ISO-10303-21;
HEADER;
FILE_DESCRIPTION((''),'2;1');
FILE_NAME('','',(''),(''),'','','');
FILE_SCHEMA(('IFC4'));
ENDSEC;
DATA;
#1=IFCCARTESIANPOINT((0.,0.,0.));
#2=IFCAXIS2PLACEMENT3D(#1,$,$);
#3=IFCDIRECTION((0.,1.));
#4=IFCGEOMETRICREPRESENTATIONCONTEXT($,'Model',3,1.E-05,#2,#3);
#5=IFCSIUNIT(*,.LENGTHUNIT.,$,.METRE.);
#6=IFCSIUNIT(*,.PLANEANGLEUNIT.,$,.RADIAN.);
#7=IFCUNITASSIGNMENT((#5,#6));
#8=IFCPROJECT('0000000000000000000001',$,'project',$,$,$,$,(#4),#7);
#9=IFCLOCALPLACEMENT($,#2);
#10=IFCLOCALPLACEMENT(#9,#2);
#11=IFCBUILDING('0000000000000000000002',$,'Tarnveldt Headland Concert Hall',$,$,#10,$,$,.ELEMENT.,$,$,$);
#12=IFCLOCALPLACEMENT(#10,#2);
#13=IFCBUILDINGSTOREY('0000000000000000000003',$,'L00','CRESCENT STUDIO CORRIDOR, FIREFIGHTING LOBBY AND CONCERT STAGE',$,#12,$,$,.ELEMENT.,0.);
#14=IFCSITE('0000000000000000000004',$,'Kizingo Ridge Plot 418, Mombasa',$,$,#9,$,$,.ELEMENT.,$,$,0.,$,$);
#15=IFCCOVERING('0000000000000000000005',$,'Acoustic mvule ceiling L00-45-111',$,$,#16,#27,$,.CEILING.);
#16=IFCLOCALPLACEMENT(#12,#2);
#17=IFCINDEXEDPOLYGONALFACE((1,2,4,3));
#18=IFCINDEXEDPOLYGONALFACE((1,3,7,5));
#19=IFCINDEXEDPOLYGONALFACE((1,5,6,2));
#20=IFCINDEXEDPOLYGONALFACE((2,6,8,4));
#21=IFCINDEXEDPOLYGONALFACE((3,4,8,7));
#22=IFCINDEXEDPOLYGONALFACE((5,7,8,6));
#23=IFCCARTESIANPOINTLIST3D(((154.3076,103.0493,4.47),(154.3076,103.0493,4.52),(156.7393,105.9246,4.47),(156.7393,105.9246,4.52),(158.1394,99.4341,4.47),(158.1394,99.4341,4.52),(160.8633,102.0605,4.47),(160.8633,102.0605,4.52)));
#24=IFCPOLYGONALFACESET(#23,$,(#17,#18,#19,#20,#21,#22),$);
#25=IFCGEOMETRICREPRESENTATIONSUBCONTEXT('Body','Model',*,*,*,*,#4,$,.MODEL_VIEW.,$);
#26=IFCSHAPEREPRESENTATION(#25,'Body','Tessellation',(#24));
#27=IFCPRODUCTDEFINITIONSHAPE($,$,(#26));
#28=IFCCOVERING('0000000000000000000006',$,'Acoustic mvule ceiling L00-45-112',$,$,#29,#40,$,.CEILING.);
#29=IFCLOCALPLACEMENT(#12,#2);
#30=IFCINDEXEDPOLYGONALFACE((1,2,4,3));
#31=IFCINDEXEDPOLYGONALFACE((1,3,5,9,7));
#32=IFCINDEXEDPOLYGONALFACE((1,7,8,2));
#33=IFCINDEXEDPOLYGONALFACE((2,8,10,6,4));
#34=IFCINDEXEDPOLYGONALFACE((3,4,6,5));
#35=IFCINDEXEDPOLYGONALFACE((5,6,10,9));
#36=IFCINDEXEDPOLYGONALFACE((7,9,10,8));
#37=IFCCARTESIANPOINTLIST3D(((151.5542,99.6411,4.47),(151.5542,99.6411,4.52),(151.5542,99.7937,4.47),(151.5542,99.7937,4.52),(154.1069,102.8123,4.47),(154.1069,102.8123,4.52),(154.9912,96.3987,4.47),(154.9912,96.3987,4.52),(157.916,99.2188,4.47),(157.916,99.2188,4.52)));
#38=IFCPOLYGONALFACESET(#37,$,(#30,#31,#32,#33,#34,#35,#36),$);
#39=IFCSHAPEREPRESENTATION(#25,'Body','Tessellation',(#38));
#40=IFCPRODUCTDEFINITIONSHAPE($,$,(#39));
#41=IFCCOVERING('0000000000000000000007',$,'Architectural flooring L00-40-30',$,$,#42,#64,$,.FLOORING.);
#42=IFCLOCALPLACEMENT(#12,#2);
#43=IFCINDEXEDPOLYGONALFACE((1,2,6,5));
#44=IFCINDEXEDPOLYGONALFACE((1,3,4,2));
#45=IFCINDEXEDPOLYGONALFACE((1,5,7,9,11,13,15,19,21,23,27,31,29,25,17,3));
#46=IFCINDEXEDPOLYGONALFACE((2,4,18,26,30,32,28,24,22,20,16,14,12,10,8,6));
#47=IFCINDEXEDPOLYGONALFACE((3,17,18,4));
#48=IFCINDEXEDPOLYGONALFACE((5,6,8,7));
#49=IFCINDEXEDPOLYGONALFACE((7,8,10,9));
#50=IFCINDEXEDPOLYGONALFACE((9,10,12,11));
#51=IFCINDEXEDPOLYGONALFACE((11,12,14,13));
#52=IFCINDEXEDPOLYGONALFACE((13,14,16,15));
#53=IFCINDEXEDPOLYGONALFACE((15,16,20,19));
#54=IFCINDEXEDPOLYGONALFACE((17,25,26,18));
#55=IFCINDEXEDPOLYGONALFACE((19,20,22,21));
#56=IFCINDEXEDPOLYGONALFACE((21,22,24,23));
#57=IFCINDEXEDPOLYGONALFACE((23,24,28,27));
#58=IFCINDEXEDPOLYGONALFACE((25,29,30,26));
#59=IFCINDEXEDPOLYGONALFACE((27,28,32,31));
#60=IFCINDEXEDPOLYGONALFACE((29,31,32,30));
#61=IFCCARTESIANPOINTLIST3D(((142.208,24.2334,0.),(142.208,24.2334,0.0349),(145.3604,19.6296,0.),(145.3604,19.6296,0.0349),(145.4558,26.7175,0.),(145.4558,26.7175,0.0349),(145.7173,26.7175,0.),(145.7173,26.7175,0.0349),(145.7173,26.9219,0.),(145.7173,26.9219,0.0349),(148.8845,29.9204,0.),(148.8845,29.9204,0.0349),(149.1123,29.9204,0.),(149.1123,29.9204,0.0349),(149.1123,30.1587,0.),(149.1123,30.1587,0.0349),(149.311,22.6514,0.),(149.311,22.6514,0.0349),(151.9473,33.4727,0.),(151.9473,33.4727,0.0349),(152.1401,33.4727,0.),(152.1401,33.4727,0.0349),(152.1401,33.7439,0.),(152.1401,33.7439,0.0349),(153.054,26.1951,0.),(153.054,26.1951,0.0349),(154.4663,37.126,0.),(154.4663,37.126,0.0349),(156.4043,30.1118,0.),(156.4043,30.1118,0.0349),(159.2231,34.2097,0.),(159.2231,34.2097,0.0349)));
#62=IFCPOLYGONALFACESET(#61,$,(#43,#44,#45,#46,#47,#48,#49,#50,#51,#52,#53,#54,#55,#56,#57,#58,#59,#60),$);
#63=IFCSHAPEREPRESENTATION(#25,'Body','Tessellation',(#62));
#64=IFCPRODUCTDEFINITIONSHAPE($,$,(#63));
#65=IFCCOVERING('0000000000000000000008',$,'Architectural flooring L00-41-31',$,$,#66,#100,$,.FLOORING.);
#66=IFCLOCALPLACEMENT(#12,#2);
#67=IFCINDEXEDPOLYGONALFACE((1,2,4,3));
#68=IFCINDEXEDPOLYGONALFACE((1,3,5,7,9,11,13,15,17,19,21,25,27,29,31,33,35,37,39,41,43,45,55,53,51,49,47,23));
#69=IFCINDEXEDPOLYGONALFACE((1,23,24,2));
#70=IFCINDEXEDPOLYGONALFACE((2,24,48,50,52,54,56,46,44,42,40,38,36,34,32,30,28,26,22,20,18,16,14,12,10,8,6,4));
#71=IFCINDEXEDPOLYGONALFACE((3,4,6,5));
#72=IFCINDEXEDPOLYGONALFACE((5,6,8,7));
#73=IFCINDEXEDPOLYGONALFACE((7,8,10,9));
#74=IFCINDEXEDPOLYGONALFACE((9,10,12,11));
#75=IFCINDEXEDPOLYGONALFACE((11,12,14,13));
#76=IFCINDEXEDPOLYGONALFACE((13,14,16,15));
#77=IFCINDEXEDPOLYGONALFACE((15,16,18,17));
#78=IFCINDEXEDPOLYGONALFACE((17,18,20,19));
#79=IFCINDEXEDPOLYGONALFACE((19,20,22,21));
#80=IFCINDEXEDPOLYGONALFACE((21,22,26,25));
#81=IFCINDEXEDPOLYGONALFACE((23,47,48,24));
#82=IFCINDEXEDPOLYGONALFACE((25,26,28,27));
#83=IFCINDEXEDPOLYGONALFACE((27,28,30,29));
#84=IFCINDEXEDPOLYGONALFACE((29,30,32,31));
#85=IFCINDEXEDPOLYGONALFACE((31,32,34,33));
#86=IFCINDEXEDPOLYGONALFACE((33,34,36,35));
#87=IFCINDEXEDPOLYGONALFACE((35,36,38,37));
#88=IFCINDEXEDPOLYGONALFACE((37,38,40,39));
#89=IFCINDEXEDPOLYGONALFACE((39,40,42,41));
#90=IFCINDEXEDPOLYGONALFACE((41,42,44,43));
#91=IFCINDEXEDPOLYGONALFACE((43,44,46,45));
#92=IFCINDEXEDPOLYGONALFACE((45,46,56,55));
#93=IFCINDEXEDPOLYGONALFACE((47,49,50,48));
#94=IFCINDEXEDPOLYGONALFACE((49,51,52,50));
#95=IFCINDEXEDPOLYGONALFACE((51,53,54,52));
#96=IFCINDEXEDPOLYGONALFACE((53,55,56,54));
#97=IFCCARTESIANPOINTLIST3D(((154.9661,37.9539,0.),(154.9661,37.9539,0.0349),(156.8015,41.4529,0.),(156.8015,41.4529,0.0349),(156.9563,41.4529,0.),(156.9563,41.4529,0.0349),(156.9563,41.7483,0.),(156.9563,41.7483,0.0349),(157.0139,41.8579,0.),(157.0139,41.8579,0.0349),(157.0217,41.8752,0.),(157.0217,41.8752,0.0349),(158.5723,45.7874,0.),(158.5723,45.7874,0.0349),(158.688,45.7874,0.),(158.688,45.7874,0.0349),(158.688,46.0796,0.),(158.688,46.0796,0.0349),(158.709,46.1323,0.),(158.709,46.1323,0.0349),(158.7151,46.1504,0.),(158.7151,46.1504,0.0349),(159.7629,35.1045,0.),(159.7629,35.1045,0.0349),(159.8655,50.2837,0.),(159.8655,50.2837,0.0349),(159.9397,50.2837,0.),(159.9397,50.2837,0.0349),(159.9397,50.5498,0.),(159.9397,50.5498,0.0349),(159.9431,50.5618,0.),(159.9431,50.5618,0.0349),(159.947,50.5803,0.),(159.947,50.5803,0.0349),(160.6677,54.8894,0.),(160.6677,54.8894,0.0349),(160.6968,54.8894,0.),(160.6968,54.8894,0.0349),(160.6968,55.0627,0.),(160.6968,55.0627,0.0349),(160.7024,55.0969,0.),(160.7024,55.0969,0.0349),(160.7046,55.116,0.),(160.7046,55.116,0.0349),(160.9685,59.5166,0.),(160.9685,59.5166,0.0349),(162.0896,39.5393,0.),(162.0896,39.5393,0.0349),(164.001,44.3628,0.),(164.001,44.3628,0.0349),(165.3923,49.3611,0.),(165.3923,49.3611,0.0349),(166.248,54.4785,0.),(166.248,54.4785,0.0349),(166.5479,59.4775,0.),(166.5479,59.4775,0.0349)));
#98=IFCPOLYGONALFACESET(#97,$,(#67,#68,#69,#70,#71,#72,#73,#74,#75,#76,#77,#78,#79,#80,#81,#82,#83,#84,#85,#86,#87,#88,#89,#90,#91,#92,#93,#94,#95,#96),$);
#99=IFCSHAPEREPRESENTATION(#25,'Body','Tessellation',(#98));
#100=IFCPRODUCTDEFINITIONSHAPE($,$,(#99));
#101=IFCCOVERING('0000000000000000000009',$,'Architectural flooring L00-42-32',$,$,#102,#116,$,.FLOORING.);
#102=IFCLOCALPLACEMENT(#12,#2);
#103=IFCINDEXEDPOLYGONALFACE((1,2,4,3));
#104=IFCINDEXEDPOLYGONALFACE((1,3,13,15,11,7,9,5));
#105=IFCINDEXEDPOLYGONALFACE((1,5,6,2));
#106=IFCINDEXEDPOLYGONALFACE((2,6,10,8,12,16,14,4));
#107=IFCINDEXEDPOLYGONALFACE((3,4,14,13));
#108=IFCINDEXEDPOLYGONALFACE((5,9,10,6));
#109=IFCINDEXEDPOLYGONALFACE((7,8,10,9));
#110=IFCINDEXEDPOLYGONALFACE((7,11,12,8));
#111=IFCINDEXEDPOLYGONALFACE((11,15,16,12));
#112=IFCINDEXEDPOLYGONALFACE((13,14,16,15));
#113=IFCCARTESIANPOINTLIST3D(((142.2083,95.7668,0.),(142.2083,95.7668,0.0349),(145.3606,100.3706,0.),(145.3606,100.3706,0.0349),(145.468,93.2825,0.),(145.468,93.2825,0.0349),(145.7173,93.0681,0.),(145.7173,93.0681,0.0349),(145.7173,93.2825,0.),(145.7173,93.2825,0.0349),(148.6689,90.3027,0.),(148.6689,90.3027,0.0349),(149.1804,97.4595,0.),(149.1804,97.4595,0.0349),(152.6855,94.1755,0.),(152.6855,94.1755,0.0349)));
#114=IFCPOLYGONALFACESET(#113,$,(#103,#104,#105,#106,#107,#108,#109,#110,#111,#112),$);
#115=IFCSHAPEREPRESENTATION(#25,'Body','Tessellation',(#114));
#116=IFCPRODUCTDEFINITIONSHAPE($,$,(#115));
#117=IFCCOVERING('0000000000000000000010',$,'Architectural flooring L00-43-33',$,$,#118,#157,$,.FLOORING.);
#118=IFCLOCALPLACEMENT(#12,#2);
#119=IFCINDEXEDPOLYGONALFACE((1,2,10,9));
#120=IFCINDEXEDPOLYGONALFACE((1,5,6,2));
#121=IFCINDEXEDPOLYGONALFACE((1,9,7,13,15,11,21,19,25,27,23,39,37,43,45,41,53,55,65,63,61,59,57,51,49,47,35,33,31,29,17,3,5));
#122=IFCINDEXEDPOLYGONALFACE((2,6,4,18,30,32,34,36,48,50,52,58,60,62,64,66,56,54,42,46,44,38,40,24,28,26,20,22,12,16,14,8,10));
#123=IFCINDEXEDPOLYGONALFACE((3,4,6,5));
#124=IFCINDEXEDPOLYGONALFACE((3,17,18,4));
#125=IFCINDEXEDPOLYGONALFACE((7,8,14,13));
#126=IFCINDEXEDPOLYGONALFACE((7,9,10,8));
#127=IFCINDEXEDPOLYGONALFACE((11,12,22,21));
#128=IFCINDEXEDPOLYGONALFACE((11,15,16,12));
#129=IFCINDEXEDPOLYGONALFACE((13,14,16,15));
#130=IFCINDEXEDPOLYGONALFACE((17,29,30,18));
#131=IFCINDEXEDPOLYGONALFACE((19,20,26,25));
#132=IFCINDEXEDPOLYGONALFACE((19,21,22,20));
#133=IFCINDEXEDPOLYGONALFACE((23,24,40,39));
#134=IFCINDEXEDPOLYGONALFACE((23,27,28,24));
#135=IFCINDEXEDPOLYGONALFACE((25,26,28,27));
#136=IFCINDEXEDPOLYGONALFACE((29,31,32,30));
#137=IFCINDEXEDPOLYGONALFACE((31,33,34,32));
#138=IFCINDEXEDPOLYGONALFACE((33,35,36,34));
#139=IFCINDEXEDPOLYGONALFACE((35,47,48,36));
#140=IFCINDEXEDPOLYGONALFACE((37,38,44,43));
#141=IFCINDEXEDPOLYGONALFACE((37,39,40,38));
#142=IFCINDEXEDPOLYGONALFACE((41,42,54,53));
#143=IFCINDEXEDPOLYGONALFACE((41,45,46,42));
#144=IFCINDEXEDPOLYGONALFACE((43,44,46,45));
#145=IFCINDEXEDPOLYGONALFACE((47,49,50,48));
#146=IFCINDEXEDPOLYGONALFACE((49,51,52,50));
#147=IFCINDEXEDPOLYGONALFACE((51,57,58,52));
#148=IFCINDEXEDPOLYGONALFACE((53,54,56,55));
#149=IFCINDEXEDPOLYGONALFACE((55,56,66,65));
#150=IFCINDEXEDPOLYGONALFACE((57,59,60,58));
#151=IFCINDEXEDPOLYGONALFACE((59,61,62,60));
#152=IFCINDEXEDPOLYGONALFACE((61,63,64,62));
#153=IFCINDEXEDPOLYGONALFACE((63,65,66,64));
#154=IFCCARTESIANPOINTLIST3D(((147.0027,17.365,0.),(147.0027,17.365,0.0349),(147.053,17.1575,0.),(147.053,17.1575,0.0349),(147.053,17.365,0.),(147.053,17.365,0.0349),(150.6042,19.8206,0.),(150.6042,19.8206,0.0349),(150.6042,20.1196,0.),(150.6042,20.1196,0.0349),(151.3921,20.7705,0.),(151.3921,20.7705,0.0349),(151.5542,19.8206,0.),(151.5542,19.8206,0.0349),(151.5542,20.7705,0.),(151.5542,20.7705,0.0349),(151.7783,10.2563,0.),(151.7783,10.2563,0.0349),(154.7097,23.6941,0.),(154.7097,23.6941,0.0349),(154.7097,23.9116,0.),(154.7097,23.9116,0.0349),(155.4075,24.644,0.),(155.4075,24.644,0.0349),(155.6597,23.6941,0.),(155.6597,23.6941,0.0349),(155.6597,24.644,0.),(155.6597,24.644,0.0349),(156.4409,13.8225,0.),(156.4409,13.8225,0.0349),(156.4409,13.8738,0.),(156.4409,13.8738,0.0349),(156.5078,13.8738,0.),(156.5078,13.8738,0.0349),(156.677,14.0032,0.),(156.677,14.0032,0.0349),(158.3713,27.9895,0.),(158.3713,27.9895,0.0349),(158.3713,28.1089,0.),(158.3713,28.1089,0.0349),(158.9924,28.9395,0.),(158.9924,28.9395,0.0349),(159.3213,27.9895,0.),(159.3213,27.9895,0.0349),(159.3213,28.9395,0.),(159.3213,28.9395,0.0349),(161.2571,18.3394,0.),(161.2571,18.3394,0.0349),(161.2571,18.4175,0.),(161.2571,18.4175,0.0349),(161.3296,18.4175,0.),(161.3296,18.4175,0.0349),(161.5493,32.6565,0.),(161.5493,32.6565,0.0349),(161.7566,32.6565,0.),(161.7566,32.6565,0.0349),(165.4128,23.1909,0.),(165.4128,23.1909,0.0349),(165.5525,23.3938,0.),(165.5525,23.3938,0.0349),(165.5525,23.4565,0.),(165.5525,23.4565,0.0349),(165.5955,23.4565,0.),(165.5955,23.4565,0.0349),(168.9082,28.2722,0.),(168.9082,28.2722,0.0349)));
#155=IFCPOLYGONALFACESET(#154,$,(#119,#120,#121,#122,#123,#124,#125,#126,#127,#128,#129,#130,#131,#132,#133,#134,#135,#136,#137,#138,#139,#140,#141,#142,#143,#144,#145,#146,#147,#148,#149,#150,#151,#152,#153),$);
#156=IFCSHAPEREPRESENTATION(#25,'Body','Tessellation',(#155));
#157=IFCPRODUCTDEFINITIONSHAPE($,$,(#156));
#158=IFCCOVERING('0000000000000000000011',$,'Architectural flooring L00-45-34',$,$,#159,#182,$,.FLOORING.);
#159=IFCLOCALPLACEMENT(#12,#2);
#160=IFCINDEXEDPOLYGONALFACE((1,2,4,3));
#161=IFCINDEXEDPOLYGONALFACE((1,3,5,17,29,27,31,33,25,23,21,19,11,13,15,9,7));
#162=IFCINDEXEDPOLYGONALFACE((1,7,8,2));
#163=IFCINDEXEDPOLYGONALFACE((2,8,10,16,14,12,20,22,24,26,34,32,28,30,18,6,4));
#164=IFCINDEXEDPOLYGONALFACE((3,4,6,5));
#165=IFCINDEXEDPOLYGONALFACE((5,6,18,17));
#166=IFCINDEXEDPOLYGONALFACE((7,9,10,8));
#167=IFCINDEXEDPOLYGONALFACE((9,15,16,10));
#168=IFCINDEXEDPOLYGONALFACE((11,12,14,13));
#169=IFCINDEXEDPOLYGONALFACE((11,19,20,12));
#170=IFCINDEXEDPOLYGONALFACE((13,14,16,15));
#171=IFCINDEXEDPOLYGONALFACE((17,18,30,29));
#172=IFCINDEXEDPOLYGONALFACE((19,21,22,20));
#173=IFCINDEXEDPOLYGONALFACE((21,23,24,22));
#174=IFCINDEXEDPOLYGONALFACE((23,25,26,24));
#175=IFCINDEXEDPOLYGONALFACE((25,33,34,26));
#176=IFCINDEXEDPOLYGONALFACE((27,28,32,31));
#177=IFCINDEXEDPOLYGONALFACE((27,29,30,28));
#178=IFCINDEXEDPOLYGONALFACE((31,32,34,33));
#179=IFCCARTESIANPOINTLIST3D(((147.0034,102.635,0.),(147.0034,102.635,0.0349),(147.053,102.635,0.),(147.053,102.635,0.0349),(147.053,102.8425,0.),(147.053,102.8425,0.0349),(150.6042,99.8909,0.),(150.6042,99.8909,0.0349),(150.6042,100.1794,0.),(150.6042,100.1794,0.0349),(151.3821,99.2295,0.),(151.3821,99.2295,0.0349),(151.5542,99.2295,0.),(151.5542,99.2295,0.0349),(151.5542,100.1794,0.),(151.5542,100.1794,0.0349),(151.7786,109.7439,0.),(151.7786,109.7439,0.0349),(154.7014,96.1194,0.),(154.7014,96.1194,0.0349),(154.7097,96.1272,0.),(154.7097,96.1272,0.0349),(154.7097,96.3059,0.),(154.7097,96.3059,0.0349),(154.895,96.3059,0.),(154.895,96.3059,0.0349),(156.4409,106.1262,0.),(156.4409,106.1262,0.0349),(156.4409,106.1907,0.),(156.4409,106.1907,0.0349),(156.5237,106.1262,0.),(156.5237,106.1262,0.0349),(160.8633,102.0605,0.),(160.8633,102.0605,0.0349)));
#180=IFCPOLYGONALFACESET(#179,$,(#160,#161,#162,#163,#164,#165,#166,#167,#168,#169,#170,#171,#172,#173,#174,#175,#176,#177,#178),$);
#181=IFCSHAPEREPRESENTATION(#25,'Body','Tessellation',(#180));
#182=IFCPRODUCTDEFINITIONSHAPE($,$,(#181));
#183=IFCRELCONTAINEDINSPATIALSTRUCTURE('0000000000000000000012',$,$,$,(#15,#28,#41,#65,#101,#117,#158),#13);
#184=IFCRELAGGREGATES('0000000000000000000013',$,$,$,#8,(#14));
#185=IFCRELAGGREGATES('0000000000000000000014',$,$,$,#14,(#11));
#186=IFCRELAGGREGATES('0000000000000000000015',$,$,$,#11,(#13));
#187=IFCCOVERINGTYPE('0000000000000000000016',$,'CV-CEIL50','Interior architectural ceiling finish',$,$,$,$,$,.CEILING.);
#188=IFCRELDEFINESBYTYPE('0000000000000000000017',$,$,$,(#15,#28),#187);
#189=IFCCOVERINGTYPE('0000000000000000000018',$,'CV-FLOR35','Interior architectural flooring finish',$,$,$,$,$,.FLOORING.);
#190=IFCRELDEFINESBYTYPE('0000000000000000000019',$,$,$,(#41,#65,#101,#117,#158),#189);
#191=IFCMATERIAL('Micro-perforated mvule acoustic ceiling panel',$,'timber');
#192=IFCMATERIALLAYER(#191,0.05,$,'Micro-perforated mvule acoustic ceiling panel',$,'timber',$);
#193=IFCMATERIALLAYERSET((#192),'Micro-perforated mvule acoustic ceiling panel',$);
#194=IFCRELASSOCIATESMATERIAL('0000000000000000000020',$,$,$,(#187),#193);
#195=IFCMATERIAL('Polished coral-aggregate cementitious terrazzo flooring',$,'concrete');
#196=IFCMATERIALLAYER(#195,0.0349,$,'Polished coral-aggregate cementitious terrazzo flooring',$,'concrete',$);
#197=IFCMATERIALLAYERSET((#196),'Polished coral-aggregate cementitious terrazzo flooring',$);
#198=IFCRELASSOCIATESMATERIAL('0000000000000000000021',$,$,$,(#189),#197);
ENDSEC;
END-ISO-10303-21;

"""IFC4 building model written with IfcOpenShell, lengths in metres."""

from ifc_helpers import new_model, si_unit, direction, frame, origin, place, context, subcontext, project, spatial, polyline, outline, extrude, material, layer, layer_set, type_object, element, save


model = new_model("IFC4")

# Units and contexts
model_context = context("Model", 3, precision=1e-05, world=origin(), true_north=direction((0.0, 1.0)))
body_context = subcontext(model_context, "Body", "Model", "MODEL_VIEW")
ifc_project = project(units=[si_unit("LENGTHUNIT", "METRE"), si_unit("PLANEANGLEUNIT", "RADIAN")], contexts=[model_context])

# Site, building, storey
site_placement = place(None, origin())
site = spatial("IfcSite", under=ifc_project, at=site_placement, Name="Kizingo Ridge Plot 418, Mombasa", CompositionType="ELEMENT", RefElevation=0.0)
building_placement = place(site_placement, origin())
building = spatial("IfcBuilding", under=site, at=building_placement, Name="Tarnveldt Headland Concert Hall", CompositionType="ELEMENT")
storey_placement = place(building_placement, origin())
storey = spatial("IfcBuildingStorey", under=building, at=storey_placement, Name="L00", Description="CRESCENT STUDIO CORRIDOR, FIREFIGHTING LOBBY AND CONCERT STAGE", CompositionType="ELEMENT", Elevation=0.0)

# Coverings
ifc_material_1 = material(Name="Micro-perforated mvule acoustic ceiling panel", Category="timber")
ifc_layer_1 = layer(ifc_material_1, 0.05, Name="Micro-perforated mvule acoustic ceiling panel", Category="timber")
ifc_layer_set_1 = layer_set([ifc_layer_1], Name="Micro-perforated mvule acoustic ceiling panel")
covering_type_1 = type_object("IfcCoveringType", Name="CV-CEIL50", Description="Interior architectural ceiling finish", PredefinedType="CEILING", material=ifc_layer_set_1)
covering_1_placement = place(storey_placement, frame((0.0, 0.0, 4.47)))
element("IfcCovering", 1, at=covering_1_placement, inside=storey, type_object=covering_type_1, Name="Acoustic mvule ceiling L00-45-111", PredefinedType="CEILING", context=body_context, shape_type="SweptSolid", body=[
    extrude(outline(polyline([(156.7393, 105.9246), (160.8633, 102.0605), (158.1394, 99.4341), (154.3076, 103.0493), (156.7393, 105.9246)])), origin(), (0.0, 0.0, 1.0), 0.05),
])
covering_2_placement = place(storey_placement, frame((0.0, 0.0, 4.47)))
element("IfcCovering", 2, at=covering_2_placement, inside=storey, type_object=covering_type_1, Name="Acoustic mvule ceiling L00-45-112", PredefinedType="CEILING", context=body_context, shape_type="SweptSolid", body=[
    extrude(outline(polyline([(151.5542, 99.7937), (154.1069, 102.8123), (157.916, 99.2188), (154.9912, 96.3987), (151.5542, 99.6411), (151.5542, 99.7937)])), origin(), (0.0, 0.0, 1.0), 0.05),
])
ifc_material_2 = material(Name="Polished coral-aggregate cementitious terrazzo flooring", Category="concrete")
ifc_layer_2 = layer(ifc_material_2, 0.0349, Name="Polished coral-aggregate cementitious terrazzo flooring", Category="concrete")
ifc_layer_set_2 = layer_set([ifc_layer_2], Name="Polished coral-aggregate cementitious terrazzo flooring")
covering_type_2 = type_object("IfcCoveringType", Name="CV-FLOR35", Description="Interior architectural flooring finish", PredefinedType="FLOORING", material=ifc_layer_set_2)
covering_3_placement = place(storey_placement, origin())
element("IfcCovering", 3, at=covering_3_placement, inside=storey, type_object=covering_type_2, Name="Architectural flooring L00-40-30", PredefinedType="FLOORING", context=body_context, shape_type="SweptSolid", body=[
    extrude(outline(polyline([(145.7173, 26.9219), (148.8845, 29.9204), (149.1123, 29.9204), (149.1123, 30.1587), (151.9473, 33.4727), (152.1401, 33.4727), (152.1401, 33.7439), (154.4663, 37.126), (159.2231, 34.2097), (156.4043, 30.1118), (153.054, 26.1951), (149.311, 22.6514), (145.3604, 19.6296), (142.208, 24.2334), (145.4558, 26.7175), (145.7173, 26.7175), (145.7173, 26.9219)])), origin(), (0.0, 0.0, 1.0), 0.0349),
])
covering_4_placement = place(storey_placement, origin())
element("IfcCovering", 4, at=covering_4_placement, inside=storey, type_object=covering_type_2, Name="Architectural flooring L00-41-31", PredefinedType="FLOORING", context=body_context, shape_type="SweptSolid", body=[
    extrude(outline(polyline([(157.0139, 41.8579), (157.0217, 41.8752), (158.5723, 45.7874), (158.688, 45.7874), (158.688, 46.0796), (158.709, 46.1323), (158.7151, 46.1504), (159.8655, 50.2837), (159.9397, 50.2837), (159.9397, 50.5498), (159.9431, 50.5618), (159.947, 50.5803), (160.6677, 54.8894), (160.6968, 54.8894), (160.6968, 55.0627), (160.7024, 55.0969), (160.7046, 55.116), (160.9685, 59.5166), (166.5479, 59.4775), (166.248, 54.4785), (165.3923, 49.3611), (164.001, 44.3628), (162.0896, 39.5393), (159.7629, 35.1045), (154.9661, 37.9539), (156.8015, 41.4529), (156.9563, 41.4529), (156.9563, 41.7483), (157.0139, 41.8579)])), origin(), (0.0, 0.0, 1.0), 0.0349),
])
covering_5_placement = place(storey_placement, origin())
element("IfcCovering", 5, at=covering_5_placement, inside=storey, type_object=covering_type_2, Name="Architectural flooring L00-42-32", PredefinedType="FLOORING", context=body_context, shape_type="SweptSolid", body=[
    extrude(outline(polyline([(145.7173, 93.0681), (145.7173, 93.2825), (145.468, 93.2825), (142.2083, 95.7668), (145.3606, 100.3706), (149.1804, 97.4595), (152.6855, 94.1755), (148.6689, 90.3027), (145.7173, 93.0681)])), origin(), (0.0, 0.0, 1.0), 0.0349),
])
covering_6_placement = place(storey_placement, origin())
element("IfcCovering", 6, at=covering_6_placement, inside=storey, type_object=covering_type_2, Name="Architectural flooring L00-43-33", PredefinedType="FLOORING", context=body_context, shape_type="SweptSolid", body=[
    extrude(outline(polyline([(154.7097, 23.9116), (154.7097, 23.6941), (155.6597, 23.6941), (155.6597, 24.644), (155.4075, 24.644), (158.3713, 28.1089), (158.3713, 27.9895), (159.3213, 27.9895), (159.3213, 28.9395), (158.9924, 28.9395), (161.5493, 32.6565), (161.7566, 32.6565), (168.9082, 28.2722), (165.5955, 23.4565), (165.5525, 23.4565), (165.5525, 23.3938), (165.4128, 23.1909), (161.3296, 18.4175), (161.2571, 18.4175), (161.2571, 18.3394), (156.677, 14.0032), (156.5078, 13.8738), (156.4409, 13.8738), (156.4409, 13.8225), (151.7783, 10.2563), (147.053, 17.1575), (147.053, 17.365), (147.0027, 17.365), (150.6042, 20.1196), (150.6042, 19.8206), (151.5542, 19.8206), (151.5542, 20.7705), (151.3921, 20.7705), (154.7097, 23.9116)])), origin(), (0.0, 0.0, 1.0), 0.0349),
])
covering_7_placement = place(storey_placement, origin())
element("IfcCovering", 7, at=covering_7_placement, inside=storey, type_object=covering_type_2, Name="Architectural flooring L00-45-34", PredefinedType="FLOORING", context=body_context, shape_type="SweptSolid", body=[
    extrude(outline(polyline([(151.3821, 99.2295), (151.5542, 99.2295), (151.5542, 100.1794), (150.6042, 100.1794), (150.6042, 99.8909), (147.0034, 102.635), (147.053, 102.635), (147.053, 102.8425), (151.7786, 109.7439), (156.4409, 106.1907), (156.4409, 106.1262), (156.5237, 106.1262), (160.8633, 102.0605), (154.895, 96.3059), (154.7097, 96.3059), (154.7097, 96.1272), (154.7014, 96.1194), (151.3821, 99.2295)])), origin(), (0.0, 0.0, 1.0), 0.0349),
])

save(model, "model.ifc")
